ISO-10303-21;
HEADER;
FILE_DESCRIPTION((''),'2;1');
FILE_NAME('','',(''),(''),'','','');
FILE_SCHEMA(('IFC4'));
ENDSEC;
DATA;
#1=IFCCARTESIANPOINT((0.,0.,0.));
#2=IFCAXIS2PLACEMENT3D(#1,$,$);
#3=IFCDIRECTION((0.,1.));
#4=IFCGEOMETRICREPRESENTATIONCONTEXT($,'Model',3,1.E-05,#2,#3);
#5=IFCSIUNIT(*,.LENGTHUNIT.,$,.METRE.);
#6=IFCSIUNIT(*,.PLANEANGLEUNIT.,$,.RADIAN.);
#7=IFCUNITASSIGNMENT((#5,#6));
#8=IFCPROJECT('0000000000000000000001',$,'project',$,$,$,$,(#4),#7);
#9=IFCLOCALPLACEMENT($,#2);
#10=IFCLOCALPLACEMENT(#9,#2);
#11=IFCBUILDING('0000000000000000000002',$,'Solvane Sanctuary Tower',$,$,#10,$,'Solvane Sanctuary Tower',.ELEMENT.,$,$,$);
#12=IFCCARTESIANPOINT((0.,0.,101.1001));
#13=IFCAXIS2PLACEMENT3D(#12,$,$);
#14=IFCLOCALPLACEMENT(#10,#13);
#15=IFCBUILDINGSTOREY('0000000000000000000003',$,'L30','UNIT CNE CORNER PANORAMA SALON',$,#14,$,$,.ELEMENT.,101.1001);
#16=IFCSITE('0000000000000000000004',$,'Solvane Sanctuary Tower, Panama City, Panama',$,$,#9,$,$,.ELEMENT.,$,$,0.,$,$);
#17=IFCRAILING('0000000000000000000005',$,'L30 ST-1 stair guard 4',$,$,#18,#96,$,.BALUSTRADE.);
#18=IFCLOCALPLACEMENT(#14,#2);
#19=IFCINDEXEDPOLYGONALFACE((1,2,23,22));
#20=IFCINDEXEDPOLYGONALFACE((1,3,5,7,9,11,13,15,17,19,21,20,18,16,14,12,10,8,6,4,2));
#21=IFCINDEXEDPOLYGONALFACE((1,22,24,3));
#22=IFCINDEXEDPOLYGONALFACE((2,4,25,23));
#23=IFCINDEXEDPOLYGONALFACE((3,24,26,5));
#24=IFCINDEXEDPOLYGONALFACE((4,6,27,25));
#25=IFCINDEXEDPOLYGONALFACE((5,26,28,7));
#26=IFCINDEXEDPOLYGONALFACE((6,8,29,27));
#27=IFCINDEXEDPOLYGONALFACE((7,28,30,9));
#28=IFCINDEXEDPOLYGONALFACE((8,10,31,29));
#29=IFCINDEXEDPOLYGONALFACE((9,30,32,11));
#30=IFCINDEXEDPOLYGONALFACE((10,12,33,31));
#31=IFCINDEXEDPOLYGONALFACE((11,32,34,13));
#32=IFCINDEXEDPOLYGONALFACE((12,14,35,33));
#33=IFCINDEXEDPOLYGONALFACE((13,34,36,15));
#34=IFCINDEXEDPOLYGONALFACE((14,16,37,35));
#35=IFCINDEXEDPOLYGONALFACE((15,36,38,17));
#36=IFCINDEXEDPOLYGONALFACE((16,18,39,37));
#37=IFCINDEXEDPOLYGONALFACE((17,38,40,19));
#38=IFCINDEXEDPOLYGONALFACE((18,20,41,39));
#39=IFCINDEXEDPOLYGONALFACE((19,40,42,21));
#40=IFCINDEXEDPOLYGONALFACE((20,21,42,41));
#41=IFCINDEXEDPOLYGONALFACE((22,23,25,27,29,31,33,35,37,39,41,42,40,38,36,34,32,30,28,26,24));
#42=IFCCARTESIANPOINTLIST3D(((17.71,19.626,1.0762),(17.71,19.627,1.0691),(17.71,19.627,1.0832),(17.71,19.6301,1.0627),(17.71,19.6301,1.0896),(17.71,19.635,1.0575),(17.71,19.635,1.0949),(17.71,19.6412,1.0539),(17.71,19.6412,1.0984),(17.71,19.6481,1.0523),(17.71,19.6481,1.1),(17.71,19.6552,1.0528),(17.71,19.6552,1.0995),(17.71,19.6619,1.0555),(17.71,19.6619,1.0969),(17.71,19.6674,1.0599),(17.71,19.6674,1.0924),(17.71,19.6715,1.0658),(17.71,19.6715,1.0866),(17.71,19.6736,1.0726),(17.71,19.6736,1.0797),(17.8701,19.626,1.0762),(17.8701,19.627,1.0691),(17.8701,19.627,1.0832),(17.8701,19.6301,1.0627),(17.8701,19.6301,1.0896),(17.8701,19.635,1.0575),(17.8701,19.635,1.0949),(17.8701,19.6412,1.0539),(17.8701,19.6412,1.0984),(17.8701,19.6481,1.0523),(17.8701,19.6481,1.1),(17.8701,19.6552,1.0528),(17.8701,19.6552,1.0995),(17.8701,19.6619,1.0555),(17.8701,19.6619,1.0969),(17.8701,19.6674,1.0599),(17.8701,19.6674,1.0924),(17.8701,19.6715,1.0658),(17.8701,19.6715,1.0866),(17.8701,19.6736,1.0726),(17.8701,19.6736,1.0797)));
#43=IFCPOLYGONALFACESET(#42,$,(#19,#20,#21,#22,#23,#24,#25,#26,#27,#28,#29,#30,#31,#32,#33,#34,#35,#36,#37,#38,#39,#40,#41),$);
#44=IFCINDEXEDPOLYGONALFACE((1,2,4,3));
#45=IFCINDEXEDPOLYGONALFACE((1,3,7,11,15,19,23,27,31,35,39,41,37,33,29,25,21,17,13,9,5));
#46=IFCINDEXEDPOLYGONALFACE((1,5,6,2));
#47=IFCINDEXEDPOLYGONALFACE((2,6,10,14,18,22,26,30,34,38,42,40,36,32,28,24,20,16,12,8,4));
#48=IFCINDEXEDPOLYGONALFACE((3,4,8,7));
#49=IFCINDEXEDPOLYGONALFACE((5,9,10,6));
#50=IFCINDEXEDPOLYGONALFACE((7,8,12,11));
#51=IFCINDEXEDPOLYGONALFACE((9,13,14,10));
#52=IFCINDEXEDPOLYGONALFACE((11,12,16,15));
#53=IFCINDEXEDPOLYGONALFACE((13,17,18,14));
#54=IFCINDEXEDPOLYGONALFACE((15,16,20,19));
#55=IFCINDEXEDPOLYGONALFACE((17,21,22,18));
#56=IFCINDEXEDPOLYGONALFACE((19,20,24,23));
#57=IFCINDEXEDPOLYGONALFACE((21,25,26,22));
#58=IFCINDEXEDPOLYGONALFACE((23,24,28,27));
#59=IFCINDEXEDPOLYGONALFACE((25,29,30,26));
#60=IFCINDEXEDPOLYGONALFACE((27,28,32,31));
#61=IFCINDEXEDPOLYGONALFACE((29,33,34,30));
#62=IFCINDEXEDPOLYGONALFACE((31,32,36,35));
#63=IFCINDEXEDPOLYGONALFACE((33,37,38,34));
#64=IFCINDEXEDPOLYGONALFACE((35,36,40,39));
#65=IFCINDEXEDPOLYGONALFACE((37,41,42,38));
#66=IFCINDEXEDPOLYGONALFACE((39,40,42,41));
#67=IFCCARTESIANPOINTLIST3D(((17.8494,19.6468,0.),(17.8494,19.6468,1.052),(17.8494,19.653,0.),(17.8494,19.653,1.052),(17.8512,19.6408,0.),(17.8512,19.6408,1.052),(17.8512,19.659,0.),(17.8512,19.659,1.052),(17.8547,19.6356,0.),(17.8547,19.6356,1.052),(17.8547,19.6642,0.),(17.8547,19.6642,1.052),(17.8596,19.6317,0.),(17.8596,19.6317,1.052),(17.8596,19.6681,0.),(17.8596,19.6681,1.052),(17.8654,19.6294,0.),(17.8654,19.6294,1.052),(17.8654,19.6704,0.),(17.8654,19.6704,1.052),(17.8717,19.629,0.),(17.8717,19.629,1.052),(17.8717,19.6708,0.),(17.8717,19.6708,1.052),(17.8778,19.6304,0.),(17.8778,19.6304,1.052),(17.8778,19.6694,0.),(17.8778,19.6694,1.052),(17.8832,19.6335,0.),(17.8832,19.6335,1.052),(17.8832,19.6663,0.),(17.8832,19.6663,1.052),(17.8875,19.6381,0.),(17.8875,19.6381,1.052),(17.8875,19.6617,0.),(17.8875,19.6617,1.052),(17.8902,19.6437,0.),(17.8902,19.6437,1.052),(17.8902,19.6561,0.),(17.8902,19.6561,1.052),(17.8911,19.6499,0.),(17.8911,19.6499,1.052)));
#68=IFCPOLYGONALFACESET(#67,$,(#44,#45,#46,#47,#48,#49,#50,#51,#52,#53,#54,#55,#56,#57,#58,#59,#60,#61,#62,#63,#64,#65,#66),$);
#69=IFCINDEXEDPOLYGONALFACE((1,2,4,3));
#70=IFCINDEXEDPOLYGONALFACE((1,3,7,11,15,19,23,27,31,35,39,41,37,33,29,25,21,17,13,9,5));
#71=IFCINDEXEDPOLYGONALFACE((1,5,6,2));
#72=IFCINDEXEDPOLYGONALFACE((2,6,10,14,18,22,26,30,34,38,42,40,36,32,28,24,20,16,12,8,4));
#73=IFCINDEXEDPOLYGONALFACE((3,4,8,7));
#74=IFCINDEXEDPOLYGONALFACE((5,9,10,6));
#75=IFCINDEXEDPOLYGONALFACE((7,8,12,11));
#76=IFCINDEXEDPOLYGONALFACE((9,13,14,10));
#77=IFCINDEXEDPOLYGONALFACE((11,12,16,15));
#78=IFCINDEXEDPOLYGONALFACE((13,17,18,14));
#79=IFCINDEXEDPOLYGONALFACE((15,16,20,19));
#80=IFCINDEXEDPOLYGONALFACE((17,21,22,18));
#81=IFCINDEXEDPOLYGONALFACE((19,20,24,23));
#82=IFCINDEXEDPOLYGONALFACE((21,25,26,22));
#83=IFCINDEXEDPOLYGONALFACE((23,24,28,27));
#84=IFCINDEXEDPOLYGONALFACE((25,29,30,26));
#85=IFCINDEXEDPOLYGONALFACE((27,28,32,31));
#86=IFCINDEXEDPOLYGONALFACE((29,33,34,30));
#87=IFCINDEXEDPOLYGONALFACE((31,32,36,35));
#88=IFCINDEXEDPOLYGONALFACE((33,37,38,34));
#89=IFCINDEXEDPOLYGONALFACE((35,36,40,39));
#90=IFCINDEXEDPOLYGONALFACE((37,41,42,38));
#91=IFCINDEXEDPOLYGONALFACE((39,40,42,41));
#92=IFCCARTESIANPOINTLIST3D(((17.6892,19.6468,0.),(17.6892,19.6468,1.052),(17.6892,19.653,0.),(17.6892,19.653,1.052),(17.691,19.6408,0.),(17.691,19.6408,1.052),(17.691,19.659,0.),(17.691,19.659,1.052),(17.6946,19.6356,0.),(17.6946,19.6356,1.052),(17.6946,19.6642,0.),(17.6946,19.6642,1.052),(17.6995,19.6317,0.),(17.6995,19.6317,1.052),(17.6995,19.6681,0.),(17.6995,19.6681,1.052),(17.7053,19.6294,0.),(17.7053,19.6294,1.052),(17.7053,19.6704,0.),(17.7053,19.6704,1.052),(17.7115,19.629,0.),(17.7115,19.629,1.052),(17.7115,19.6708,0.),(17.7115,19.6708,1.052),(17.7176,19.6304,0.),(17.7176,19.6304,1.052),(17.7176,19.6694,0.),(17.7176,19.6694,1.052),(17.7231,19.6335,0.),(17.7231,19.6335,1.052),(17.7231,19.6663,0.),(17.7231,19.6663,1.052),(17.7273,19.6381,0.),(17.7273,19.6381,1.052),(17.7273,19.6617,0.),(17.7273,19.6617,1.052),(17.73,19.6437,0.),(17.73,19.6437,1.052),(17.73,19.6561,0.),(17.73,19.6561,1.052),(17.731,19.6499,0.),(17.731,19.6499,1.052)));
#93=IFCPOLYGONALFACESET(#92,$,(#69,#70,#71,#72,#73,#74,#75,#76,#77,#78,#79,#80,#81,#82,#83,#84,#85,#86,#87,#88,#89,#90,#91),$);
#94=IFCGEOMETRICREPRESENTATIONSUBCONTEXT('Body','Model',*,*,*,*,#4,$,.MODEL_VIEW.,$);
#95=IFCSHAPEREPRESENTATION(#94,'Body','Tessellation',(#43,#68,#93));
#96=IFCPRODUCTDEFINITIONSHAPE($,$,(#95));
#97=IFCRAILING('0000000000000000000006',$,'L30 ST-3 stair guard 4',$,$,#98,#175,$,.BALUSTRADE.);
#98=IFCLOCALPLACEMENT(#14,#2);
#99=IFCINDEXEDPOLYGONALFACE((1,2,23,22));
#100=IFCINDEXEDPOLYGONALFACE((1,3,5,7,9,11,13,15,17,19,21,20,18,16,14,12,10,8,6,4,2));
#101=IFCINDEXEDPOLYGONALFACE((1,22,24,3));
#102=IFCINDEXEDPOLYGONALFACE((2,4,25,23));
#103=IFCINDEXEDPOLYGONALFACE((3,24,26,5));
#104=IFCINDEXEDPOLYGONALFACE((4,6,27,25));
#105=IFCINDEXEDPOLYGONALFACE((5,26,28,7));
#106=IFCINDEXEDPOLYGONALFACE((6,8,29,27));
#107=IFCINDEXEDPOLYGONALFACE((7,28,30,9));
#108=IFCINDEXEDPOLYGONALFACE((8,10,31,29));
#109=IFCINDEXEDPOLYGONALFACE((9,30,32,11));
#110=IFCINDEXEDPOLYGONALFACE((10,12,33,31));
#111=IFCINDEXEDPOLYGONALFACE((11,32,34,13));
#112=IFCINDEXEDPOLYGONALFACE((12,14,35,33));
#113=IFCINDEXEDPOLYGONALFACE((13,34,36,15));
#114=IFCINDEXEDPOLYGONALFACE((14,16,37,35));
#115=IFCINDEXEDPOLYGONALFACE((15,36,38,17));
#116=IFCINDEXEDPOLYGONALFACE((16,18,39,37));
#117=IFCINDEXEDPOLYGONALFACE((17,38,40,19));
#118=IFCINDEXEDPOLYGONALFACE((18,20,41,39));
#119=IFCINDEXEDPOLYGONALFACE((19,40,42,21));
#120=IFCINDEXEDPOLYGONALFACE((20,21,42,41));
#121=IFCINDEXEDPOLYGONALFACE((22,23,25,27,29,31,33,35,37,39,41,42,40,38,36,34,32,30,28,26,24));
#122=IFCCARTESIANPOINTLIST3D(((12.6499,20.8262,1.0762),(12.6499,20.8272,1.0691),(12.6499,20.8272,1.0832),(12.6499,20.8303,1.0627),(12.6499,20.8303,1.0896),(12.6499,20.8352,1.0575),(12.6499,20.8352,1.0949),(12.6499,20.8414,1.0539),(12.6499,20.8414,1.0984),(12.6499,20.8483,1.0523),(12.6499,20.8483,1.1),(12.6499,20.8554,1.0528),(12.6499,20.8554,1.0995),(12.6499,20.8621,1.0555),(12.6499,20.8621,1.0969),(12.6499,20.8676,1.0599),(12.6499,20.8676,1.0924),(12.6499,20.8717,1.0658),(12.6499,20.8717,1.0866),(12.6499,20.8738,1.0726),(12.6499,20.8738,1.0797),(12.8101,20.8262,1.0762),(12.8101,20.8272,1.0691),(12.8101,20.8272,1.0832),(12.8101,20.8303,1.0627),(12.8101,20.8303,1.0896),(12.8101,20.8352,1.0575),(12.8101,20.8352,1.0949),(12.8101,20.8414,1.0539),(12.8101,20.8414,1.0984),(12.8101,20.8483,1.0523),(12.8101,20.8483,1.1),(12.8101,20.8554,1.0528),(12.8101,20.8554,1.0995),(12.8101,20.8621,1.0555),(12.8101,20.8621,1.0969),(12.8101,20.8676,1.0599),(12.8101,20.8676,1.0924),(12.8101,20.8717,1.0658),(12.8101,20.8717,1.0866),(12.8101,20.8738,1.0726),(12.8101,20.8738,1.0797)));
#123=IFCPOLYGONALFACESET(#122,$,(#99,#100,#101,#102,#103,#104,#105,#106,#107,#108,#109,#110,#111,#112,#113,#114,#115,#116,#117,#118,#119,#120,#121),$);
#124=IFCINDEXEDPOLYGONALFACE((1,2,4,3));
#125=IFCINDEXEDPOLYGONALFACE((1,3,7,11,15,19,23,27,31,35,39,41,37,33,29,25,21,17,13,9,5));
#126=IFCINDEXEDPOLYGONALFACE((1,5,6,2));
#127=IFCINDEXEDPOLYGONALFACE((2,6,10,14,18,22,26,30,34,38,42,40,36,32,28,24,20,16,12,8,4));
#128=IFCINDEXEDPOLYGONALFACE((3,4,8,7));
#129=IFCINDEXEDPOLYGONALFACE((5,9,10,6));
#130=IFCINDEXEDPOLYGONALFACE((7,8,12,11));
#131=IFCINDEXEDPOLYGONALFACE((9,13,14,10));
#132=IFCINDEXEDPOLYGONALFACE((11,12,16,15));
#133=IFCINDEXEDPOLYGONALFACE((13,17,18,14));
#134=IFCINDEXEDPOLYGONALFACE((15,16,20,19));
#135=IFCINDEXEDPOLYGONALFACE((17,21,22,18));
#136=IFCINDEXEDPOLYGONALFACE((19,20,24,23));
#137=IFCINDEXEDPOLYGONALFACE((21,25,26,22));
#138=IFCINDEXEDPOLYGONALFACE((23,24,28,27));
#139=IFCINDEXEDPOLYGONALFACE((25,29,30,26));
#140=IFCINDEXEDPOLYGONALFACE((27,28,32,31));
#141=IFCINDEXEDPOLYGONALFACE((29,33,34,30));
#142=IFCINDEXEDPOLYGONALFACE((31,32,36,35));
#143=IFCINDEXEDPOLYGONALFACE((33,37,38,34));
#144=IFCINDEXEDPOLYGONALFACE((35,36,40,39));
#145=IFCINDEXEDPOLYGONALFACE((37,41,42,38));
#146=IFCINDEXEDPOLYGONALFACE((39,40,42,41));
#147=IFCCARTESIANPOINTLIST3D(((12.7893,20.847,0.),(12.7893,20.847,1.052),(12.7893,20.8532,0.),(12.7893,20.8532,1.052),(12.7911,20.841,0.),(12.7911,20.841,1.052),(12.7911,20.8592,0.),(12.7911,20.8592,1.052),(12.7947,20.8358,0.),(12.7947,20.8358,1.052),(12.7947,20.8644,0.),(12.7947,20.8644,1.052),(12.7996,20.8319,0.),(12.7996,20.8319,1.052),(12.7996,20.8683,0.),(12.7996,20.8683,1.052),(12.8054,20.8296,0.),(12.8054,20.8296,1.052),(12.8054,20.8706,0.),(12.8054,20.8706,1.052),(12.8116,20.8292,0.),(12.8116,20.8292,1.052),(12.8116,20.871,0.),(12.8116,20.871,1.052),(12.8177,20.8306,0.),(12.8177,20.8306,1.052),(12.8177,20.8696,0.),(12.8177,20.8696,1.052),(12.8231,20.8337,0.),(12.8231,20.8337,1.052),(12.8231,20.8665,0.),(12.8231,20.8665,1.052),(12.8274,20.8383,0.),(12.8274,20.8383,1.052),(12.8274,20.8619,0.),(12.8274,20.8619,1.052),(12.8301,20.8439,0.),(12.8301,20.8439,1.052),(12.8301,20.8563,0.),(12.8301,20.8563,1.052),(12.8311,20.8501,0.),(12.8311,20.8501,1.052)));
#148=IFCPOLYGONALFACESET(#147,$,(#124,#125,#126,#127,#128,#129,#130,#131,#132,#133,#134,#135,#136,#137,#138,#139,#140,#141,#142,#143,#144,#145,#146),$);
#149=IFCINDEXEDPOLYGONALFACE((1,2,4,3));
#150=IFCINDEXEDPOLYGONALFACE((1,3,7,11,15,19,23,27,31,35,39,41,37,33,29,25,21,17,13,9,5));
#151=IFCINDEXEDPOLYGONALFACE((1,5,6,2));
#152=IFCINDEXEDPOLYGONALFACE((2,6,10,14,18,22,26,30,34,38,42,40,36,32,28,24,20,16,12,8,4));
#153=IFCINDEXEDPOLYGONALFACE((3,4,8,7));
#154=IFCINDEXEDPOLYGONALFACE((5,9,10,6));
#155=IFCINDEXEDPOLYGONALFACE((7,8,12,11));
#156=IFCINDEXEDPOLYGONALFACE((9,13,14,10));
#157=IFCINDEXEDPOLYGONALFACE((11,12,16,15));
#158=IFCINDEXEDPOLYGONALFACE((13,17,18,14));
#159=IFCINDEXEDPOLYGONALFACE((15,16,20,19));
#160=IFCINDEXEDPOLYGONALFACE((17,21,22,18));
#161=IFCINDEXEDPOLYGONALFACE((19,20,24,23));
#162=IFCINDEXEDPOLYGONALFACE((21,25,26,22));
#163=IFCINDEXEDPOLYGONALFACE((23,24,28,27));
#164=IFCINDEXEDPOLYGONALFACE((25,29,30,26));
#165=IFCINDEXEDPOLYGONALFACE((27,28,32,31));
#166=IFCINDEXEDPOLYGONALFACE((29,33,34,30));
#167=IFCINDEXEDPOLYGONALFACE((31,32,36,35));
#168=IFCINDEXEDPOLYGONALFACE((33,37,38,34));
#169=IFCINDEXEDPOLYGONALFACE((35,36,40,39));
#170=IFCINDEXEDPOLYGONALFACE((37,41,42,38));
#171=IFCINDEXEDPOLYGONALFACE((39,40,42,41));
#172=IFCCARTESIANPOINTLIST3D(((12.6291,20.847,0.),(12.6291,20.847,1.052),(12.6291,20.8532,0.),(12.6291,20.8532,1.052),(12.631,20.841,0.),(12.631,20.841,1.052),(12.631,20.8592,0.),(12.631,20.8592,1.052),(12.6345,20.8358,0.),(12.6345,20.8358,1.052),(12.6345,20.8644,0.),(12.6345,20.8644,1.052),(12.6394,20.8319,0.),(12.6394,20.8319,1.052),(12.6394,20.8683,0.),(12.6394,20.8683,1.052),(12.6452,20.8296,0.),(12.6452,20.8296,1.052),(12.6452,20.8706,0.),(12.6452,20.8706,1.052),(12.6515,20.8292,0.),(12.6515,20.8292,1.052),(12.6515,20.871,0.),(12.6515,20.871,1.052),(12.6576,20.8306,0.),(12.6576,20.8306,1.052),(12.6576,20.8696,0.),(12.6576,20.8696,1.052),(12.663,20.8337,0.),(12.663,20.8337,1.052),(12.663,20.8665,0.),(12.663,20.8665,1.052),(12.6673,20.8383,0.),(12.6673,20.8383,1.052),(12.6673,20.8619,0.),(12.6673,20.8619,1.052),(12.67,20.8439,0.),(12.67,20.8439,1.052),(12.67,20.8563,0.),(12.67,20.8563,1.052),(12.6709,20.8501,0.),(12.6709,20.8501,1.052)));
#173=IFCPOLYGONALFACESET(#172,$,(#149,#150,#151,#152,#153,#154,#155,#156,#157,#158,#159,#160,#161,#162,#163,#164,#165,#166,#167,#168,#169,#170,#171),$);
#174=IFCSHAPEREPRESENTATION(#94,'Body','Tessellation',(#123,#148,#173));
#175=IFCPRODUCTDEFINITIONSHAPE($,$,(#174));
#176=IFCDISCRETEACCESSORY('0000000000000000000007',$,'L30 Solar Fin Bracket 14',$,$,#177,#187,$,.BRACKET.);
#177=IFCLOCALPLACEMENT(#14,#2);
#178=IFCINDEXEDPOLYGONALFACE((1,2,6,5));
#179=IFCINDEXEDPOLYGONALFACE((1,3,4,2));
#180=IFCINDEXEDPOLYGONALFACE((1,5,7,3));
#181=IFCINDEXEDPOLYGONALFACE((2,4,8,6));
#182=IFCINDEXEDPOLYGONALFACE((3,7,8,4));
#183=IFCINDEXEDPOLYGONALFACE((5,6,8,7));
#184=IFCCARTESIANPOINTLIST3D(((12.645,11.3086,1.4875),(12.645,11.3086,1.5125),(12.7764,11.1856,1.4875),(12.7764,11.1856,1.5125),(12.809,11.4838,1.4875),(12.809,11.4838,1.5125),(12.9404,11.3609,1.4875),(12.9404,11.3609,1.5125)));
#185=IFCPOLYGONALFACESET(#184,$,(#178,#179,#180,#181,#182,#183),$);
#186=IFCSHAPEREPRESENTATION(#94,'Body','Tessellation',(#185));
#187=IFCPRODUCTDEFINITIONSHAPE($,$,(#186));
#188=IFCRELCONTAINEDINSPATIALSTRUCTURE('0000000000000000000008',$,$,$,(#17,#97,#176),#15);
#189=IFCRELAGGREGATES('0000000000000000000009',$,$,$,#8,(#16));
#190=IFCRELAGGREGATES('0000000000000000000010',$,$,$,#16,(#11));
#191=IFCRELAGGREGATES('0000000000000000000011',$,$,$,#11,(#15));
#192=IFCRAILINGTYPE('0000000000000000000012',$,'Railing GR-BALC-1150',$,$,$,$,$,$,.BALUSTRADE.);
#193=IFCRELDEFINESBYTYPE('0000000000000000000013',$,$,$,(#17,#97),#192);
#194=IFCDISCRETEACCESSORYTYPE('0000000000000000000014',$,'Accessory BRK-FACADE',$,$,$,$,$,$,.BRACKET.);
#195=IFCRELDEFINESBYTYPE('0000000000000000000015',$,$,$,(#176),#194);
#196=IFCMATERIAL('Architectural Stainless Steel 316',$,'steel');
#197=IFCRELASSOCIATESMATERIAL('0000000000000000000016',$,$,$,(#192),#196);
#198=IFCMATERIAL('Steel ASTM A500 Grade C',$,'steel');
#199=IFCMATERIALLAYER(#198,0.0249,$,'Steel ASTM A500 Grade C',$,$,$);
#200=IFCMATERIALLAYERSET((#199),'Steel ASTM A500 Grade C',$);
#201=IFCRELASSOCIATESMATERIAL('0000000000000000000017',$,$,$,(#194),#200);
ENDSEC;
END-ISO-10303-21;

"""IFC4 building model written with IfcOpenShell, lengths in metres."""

from ifc_helpers import new_model, si_unit, direction, frame, origin, origin_2d, place, context, subcontext, project, spatial, rectangle, circle, extrude, material, layer, layer_set, type_object, element, save


model = new_model("IFC4")

# Units and contexts
model_context = context("Model", 3, precision=1e-05, world=origin(), true_north=direction((0.0, 1.0)))
body_context = subcontext(model_context, "Body", "Model", "MODEL_VIEW")
ifc_project = project(units=[si_unit("LENGTHUNIT", "METRE"), si_unit("PLANEANGLEUNIT", "RADIAN")], contexts=[model_context])

# Site, building, storey
site_placement = place(None, origin())
site = spatial("IfcSite", under=ifc_project, at=site_placement, Name="Solvane Sanctuary Tower, Panama City, Panama", CompositionType="ELEMENT", RefElevation=0.0)
building_placement = place(site_placement, origin())
building = spatial("IfcBuilding", under=site, at=building_placement, Name="Solvane Sanctuary Tower", LongName="Solvane Sanctuary Tower", CompositionType="ELEMENT")
storey_placement = place(building_placement, frame((0.0, 0.0, 101.1001)))
storey = spatial("IfcBuildingStorey", under=building, at=storey_placement, Name="L30", Description="UNIT CNE CORNER PANORAMA SALON", CompositionType="ELEMENT", Elevation=101.1001)

# Shared definitions
ifc_material_1 = material(Name="Architectural Stainless Steel 316", Category="steel")

# Railings
railing_type = type_object("IfcRailingType", Name="Railing GR-BALC-1150", PredefinedType="BALUSTRADE", material=ifc_material_1)
for number, where, name in (
    (1, (17.8701, 19.6499, 0.0), "L30 ST-1 stair guard 4"),
    (2, (12.8101, 20.8501, 0.0), "L30 ST-3 stair guard 4"),
):
    element("IfcRailing", number, at=place(storey_placement, frame(where)), inside=storey, type_object=railing_type, Name=name, PredefinedType="BALUSTRADE", context=body_context, shape_type="SweptSolid", body=[
        extrude(circle(Radius=0.0239, at=origin_2d()), frame((0.0, 0.0, 1.0762), z_axis=(-1.0, 0.0, 0.0), x_axis=(0.0, -1.0, 0.0)), (0.0, 0.0, 1.0), 0.1602),
        extrude(circle(Radius=0.021, at=origin_2d()), origin(), (0.0, 0.0, 1.0), 1.052),
        extrude(circle(Radius=0.021, at=origin_2d()), frame((-0.1602, 0.0, 0.0)), (0.0, 0.0, 1.0), 1.052),
    ])

# Discrete accessory
ifc_material_2 = material(Name="Steel ASTM A500 Grade C", Category="steel")
ifc_layer_1 = layer(ifc_material_2, 0.0249, Name="Steel ASTM A500 Grade C")
ifc_layer_set_1 = layer_set([ifc_layer_1], Name="Steel ASTM A500 Grade C")
discrete_accessory_type = type_object("IfcDiscreteAccessoryType", Name="Accessory BRK-FACADE", PredefinedType="BRACKET", material=ifc_layer_set_1)
discrete_accessory_placement = place(storey_placement, frame((12.7927, 11.3347, 1.4875), z_axis=(0.0, 0.0, 1.0), x_axis=(0.730175, -0.68326, 0.0)))
element("IfcDiscreteAccessory", 3, at=discrete_accessory_placement, inside=storey, type_object=discrete_accessory_type, Name="L30 Solar Fin Bracket 14", PredefinedType="BRACKET", context=body_context, shape_type="SweptSolid", body=[
    extrude(rectangle(XDim=0.1799, YDim=0.24, at=origin_2d()), origin(), (0.0, 0.0, 1.0), 0.0249),
])

save(model, "model.ifc")
